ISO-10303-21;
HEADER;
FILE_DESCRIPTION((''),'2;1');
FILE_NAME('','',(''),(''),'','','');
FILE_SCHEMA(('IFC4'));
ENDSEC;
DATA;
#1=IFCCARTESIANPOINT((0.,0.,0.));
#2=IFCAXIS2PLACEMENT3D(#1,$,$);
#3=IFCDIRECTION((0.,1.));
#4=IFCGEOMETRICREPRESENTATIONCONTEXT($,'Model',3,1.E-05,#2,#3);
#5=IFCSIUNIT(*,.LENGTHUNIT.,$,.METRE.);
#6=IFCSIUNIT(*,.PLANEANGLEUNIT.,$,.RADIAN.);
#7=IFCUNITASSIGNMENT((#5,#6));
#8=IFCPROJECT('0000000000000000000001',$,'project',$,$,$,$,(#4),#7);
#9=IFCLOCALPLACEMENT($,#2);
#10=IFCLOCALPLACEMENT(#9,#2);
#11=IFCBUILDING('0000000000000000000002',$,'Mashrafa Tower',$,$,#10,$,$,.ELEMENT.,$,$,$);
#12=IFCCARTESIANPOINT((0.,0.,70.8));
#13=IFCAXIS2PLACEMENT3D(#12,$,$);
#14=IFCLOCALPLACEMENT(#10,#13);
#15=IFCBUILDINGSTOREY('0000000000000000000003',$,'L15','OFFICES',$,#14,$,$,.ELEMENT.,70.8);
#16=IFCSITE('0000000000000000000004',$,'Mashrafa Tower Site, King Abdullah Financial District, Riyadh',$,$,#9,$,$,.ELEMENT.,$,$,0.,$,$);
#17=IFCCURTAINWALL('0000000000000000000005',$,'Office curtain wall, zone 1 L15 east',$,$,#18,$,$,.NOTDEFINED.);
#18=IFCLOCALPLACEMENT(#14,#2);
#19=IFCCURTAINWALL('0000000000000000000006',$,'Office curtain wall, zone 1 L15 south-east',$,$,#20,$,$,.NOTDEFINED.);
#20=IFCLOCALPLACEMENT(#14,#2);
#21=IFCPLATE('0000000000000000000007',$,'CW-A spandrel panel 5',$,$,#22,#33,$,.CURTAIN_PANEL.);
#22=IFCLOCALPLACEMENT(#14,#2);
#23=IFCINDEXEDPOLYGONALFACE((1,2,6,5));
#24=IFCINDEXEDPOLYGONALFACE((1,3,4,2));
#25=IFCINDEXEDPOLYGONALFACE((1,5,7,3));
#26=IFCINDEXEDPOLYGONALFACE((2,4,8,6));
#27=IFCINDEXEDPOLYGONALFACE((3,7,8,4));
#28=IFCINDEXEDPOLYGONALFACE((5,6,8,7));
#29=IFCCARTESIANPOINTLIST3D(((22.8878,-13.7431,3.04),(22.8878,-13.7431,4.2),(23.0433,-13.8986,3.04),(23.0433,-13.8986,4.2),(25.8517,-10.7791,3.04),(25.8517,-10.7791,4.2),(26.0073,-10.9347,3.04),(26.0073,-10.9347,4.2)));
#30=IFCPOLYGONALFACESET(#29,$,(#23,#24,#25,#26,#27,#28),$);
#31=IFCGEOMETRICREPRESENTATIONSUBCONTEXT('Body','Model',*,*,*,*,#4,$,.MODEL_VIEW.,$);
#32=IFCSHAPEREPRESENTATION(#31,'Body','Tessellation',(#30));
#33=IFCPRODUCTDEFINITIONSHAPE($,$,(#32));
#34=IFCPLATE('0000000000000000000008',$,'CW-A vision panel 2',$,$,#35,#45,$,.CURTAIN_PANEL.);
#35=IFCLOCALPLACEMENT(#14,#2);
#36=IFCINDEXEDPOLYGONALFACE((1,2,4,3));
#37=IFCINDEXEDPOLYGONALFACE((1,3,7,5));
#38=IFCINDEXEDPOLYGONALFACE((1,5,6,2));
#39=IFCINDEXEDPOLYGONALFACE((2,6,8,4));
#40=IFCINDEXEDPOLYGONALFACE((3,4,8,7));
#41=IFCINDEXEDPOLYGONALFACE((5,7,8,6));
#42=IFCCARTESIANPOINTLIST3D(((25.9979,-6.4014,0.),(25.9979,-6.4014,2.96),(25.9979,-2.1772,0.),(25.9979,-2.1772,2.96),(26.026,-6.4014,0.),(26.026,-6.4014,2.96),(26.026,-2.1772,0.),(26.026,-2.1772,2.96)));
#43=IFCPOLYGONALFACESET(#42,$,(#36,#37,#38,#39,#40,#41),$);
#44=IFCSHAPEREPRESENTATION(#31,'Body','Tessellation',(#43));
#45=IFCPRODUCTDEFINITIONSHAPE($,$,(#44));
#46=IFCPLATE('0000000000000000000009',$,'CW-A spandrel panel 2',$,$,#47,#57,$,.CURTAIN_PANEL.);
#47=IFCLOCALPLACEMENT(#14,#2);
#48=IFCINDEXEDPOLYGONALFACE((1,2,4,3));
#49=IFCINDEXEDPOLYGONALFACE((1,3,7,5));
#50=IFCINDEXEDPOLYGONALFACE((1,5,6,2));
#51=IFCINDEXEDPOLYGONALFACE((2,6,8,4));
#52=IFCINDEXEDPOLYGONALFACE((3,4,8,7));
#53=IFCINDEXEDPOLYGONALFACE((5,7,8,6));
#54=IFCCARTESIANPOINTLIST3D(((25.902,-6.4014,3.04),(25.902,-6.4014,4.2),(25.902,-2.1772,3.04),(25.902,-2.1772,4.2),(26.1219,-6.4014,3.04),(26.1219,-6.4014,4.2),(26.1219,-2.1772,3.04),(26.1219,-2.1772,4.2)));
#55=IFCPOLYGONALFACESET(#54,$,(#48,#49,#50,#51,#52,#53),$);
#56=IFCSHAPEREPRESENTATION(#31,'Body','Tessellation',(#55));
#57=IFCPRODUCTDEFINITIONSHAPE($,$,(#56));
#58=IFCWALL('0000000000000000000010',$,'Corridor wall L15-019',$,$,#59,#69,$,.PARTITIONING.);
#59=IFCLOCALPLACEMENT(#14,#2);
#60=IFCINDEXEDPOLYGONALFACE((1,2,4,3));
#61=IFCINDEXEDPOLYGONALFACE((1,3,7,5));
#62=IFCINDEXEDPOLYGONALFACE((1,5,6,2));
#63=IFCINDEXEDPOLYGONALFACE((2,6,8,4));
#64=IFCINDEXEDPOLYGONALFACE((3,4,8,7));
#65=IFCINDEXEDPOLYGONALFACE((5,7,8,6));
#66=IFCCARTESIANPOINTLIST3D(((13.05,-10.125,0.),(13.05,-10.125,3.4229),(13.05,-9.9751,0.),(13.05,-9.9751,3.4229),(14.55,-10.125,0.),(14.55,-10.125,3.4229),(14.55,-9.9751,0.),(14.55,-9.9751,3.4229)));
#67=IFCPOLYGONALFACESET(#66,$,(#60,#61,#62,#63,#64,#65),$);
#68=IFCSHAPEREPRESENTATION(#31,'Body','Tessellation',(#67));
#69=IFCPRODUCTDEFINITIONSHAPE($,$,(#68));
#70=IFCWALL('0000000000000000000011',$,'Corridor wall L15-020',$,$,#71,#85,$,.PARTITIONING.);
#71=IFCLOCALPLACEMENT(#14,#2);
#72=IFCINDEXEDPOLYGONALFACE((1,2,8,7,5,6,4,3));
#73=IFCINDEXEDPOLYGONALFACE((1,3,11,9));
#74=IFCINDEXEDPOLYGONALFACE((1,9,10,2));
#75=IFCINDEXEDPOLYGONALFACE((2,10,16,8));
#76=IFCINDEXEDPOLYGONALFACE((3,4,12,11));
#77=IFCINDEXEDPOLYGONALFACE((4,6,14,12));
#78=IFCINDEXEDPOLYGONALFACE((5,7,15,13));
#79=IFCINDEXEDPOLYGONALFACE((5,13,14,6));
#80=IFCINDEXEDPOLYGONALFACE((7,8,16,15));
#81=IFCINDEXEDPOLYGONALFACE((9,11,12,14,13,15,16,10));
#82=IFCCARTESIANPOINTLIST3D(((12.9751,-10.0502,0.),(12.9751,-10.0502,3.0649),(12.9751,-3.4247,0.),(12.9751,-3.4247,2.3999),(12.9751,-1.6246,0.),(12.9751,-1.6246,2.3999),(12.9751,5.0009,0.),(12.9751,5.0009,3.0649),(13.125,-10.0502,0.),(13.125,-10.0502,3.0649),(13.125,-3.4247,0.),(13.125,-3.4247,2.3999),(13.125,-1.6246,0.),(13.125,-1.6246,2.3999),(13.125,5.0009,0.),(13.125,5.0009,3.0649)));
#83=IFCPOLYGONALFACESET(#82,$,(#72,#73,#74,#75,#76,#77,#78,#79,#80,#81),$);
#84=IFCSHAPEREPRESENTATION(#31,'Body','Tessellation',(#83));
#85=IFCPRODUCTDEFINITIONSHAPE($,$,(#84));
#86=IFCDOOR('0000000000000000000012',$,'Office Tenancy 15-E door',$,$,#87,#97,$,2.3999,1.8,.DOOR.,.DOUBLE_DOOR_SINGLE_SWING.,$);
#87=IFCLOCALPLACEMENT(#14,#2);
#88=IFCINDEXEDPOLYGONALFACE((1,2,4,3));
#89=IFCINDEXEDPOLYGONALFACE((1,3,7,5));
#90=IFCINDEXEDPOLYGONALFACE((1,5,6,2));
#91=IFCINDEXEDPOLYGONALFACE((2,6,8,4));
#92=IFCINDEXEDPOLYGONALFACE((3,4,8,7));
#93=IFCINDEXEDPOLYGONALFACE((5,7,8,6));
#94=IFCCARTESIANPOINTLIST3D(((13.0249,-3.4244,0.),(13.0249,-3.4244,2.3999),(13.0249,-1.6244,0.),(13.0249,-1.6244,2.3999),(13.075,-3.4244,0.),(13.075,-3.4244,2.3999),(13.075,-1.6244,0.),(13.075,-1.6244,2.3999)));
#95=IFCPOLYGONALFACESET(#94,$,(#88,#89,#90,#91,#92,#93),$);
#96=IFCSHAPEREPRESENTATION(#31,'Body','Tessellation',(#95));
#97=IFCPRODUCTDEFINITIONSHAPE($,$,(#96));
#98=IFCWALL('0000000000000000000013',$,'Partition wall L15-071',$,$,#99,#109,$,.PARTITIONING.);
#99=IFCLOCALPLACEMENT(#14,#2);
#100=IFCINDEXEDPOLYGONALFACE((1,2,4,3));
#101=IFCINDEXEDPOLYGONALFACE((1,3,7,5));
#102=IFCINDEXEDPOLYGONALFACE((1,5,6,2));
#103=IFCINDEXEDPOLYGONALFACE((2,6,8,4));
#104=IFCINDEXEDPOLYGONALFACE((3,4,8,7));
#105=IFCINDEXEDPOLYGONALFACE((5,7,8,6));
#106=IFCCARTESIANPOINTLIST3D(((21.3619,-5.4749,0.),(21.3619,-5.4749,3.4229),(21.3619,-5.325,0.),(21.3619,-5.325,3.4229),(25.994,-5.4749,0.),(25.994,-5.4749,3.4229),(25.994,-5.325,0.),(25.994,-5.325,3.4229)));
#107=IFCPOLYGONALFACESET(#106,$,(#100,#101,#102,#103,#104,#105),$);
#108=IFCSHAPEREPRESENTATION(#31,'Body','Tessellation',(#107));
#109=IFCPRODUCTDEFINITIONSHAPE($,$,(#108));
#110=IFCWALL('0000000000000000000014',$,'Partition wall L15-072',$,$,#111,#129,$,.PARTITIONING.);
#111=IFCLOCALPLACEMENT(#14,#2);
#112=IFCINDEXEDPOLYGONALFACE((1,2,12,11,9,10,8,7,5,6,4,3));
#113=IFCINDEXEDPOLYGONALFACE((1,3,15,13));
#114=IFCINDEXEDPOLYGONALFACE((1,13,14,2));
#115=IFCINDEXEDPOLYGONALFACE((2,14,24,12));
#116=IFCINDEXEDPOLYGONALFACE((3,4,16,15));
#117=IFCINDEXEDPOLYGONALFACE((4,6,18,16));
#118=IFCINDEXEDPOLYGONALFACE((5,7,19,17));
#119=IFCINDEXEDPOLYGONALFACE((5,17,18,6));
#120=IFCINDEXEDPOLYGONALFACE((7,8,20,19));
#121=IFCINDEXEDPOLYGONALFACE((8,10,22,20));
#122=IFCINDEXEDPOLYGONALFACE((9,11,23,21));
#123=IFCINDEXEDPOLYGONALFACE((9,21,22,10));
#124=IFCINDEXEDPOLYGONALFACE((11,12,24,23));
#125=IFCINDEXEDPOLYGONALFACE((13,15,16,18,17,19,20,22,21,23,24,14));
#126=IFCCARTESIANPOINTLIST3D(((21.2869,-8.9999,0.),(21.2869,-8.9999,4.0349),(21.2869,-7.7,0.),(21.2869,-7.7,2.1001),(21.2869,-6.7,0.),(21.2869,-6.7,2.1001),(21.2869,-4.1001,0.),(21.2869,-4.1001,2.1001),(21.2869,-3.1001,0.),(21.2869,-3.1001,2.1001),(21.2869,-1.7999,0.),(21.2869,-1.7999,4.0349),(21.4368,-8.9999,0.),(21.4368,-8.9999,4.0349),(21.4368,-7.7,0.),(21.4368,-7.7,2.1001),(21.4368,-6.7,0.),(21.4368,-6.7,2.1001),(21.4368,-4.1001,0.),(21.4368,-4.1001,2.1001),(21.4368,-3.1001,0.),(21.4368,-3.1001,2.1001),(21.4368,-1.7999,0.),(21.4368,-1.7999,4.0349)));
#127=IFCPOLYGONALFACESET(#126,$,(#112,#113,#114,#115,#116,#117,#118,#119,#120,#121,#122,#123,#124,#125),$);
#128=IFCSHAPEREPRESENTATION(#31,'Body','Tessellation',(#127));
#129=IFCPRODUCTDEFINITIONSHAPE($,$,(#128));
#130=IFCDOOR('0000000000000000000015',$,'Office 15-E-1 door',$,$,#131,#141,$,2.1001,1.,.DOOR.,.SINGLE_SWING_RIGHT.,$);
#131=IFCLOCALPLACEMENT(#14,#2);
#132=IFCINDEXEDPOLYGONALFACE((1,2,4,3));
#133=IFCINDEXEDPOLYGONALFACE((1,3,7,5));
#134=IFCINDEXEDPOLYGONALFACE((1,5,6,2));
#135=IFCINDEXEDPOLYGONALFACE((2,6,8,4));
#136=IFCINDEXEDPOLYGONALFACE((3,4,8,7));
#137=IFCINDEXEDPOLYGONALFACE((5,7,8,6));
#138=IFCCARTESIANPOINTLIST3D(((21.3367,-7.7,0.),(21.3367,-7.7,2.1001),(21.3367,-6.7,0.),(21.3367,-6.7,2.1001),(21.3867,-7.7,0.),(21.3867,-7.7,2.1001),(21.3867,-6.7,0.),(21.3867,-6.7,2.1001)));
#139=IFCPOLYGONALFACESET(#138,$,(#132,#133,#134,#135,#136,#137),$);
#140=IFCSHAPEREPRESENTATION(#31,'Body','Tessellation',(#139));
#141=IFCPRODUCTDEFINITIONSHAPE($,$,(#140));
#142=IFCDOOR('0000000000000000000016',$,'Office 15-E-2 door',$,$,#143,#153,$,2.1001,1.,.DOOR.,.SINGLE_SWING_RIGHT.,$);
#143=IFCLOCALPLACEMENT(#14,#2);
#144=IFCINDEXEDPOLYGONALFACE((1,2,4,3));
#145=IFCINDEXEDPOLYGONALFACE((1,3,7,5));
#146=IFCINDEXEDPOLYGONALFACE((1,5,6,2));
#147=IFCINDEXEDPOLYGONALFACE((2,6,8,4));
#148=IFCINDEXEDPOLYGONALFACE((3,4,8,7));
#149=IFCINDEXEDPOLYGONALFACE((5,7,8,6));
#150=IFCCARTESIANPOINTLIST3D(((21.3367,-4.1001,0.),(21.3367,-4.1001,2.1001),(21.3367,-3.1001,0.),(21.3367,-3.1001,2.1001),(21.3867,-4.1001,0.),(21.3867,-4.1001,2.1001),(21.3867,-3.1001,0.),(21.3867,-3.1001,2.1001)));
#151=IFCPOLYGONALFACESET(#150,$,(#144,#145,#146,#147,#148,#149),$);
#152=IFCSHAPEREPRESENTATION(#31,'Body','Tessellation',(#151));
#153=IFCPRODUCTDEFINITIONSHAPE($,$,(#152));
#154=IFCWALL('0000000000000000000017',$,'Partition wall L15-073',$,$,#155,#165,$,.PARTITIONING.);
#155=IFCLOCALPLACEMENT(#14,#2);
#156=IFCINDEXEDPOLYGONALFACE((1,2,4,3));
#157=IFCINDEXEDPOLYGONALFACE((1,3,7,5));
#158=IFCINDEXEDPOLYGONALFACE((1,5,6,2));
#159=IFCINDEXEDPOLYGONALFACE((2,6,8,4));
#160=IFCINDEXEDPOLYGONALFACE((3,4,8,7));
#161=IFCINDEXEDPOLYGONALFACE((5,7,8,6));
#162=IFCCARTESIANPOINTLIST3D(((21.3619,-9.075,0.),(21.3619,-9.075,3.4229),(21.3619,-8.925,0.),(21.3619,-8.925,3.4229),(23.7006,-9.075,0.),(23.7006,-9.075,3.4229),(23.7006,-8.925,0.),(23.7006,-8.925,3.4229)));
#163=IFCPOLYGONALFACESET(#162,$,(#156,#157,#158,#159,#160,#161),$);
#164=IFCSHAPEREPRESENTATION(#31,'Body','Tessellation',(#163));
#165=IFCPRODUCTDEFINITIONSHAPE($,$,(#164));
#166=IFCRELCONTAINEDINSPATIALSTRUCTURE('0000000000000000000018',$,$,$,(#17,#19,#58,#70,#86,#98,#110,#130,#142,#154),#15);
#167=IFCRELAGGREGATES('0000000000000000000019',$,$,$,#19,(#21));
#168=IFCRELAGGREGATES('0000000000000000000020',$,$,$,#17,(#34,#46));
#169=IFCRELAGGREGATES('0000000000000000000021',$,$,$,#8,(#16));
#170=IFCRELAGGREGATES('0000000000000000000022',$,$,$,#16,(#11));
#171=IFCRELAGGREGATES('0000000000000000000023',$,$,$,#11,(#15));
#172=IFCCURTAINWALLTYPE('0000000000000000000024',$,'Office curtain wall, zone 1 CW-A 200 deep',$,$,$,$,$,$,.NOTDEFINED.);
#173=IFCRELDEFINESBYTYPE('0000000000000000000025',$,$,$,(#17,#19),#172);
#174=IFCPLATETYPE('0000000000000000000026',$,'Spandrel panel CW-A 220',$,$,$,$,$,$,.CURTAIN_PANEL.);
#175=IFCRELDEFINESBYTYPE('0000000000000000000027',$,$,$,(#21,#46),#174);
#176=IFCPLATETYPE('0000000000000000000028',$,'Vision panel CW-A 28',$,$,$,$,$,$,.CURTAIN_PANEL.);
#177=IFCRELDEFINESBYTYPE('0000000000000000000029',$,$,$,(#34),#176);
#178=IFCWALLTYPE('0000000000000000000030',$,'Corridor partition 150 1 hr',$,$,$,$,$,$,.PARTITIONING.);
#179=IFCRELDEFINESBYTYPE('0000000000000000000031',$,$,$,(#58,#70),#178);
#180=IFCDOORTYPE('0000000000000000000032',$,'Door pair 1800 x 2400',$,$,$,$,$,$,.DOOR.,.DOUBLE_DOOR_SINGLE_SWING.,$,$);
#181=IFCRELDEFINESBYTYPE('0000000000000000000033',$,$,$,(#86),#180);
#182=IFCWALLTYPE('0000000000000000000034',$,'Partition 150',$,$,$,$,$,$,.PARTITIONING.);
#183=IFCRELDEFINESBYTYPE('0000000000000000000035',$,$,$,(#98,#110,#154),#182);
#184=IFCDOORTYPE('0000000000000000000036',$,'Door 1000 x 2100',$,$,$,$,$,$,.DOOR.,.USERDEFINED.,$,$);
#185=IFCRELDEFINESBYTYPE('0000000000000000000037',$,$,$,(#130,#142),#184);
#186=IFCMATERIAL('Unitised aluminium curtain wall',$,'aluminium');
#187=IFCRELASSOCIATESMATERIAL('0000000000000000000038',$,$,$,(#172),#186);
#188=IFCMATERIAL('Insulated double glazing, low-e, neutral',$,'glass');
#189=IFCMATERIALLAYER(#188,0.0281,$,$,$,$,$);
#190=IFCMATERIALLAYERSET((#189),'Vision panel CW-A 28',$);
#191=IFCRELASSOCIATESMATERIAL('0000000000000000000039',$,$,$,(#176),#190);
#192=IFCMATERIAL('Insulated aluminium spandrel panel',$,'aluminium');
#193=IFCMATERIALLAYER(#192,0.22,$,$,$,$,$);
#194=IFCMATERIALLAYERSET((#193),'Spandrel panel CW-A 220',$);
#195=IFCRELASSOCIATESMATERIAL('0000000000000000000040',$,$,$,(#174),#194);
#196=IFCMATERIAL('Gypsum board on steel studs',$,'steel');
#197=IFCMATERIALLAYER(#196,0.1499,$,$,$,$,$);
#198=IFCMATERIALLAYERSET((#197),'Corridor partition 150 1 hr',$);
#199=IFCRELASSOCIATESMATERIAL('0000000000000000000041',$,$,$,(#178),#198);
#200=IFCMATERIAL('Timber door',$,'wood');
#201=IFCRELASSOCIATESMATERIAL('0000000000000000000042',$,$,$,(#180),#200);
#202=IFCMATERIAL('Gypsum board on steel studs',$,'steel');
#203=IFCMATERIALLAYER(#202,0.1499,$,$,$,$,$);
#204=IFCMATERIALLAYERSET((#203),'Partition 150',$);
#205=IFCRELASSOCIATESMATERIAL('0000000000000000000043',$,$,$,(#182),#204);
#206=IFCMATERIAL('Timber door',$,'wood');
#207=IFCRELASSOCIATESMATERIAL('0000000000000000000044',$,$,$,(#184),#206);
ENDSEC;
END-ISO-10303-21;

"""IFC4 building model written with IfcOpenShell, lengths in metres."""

from ifc_helpers import new_model, si_unit, direction, frame, frame_2d, origin, origin_2d, place, context, subcontext, project, spatial, rectangle, extrude, source, transform, mapped, material, layer, layer_set, type_object, type_shapes, element, fill, aggregate, save


model = new_model("IFC4")

# Units and contexts
model_context = context("Model", 3, precision=1e-05, world=origin(), true_north=direction((0.0, 1.0)))
body_context = subcontext(model_context, "Body", "Model", "MODEL_VIEW")
ifc_project = project(units=[si_unit("LENGTHUNIT", "METRE"), si_unit("PLANEANGLEUNIT", "RADIAN")], contexts=[model_context])

# Site, building, storey
site_placement = place(None, origin())
site = spatial("IfcSite", under=ifc_project, at=site_placement, Name="Mashrafa Tower Site, King Abdullah Financial District, Riyadh", CompositionType="ELEMENT", RefElevation=0.0)
building_placement = place(site_placement, origin())
building = spatial("IfcBuilding", under=site, at=building_placement, Name="Mashrafa Tower", CompositionType="ELEMENT")
storey_placement = place(building_placement, frame((0.0, 0.0, 70.8)))
storey = spatial("IfcBuildingStorey", under=building, at=storey_placement, Name="L15", Description="OFFICES", CompositionType="ELEMENT", Elevation=70.8)

# Curtain wall
ifc_material_1 = material(Name="Unitised aluminium curtain wall", Category="aluminium")
curtain_wall_type = type_object("IfcCurtainWallType", Name="Office curtain wall, zone 1 CW-A 200 deep", PredefinedType="NOTDEFINED", material=ifc_material_1)
curtain_wall_1_placement = place(storey_placement, origin())
curtain_wall_1 = element("IfcCurtainWall", 1, at=curtain_wall_1_placement, inside=storey, type_object=curtain_wall_type, Name="Office curtain wall, zone 1 L15 east", PredefinedType="NOTDEFINED")

# Curtain wall
curtain_wall_2_placement = place(storey_placement, origin())
curtain_wall_2 = element("IfcCurtainWall", 2, at=curtain_wall_2_placement, inside=storey, type_object=curtain_wall_type, Name="Office curtain wall, zone 1 L15 south-east", PredefinedType="NOTDEFINED")

# Plates
ifc_material_2 = material(Name="Insulated double glazing, low-e, neutral", Category="glass")
ifc_layer_1 = layer(ifc_material_2, 0.0281)
ifc_layer_set_1 = layer_set([ifc_layer_1], Name="Vision panel CW-A 28")
plate_type_1 = type_object("IfcPlateType", Name="Vision panel CW-A 28", PredefinedType="CURTAIN_PANEL", material=ifc_layer_set_1)
ifc_material_3 = material(Name="Insulated aluminium spandrel panel", Category="aluminium")
ifc_layer_2 = layer(ifc_material_3, 0.22)
ifc_layer_set_2 = layer_set([ifc_layer_2], Name="Spandrel panel CW-A 220")
plate_type_2 = type_object("IfcPlateType", Name="Spandrel panel CW-A 220", PredefinedType="CURTAIN_PANEL", material=ifc_layer_set_2)
shared_shape_1 = source(origin(), body_context, "Body", "SweptSolid", [
    extrude(rectangle(XDim=4.1917, YDim=0.22, at=origin_2d()), origin(), (0.0, 0.0, 1.0), 1.1599),
])
plate_1_placement = place(storey_placement, frame((24.4475, -12.3389, 3.04), z_axis=(0.0, 0.0, 1.0), x_axis=(0.707107, 0.707107, 0.0)))
plate_1 = element("IfcPlate", 3, at=plate_1_placement, type_object=plate_type_2, Name="CW-A spandrel panel 5", PredefinedType="CURTAIN_PANEL", context=body_context, shape_type="MappedRepresentation", body=[
    mapped(shared_shape_1, transform((0.0, 0.0, 0.0))),
])
aggregate(curtain_wall_2, [plate_1])
shared_shape_2 = source(origin(), body_context, "Body", "SweptSolid", [
    extrude(rectangle(XDim=4.2241, YDim=0.0281, at=origin_2d()), origin(), (0.0, 0.0, 1.0), 2.96),
])
plate_2_placement = place(storey_placement, frame((26.012, -4.2893, 0.0), z_axis=(0.0, 0.0, 1.0), x_axis=(0.0, 1.0, 0.0)))
plate_2 = element("IfcPlate", 4, at=plate_2_placement, type_object=plate_type_1, Name="CW-A vision panel 2", PredefinedType="CURTAIN_PANEL", context=body_context, shape_type="MappedRepresentation", body=[
    mapped(shared_shape_2, transform((0.0, 0.0, 0.0))),
])
shared_shape_3 = source(origin(), body_context, "Body", "SweptSolid", [
    extrude(rectangle(XDim=4.2241, YDim=0.22, at=origin_2d()), origin(), (0.0, 0.0, 1.0), 1.1599),
])
type_shapes(plate_type_2, [shared_shape_1, shared_shape_3])
plate_3_placement = place(storey_placement, frame((26.012, -4.2893, 3.04), z_axis=(0.0, 0.0, 1.0), x_axis=(0.0, 1.0, 0.0)))
plate_3 = element("IfcPlate", 5, at=plate_3_placement, type_object=plate_type_2, Name="CW-A spandrel panel 2", PredefinedType="CURTAIN_PANEL", context=body_context, shape_type="MappedRepresentation", body=[
    mapped(shared_shape_3, transform((0.0, 0.0, 0.0))),
])
aggregate(curtain_wall_1, [plate_2, plate_3])

# Wall
ifc_material_4 = material(Name="Gypsum board on steel studs", Category="steel")
ifc_layer_3 = layer(ifc_material_4, 0.1499)
ifc_layer_set_3 = layer_set([ifc_layer_3], Name="Corridor partition 150 1 hr")
wall_type_1 = type_object("IfcWallType", Name="Corridor partition 150 1 hr", PredefinedType="PARTITIONING", material=ifc_layer_set_3)
wall_1_placement = place(storey_placement, frame((14.55, -10.05, 0.0), z_axis=(0.0, 0.0, 1.0), x_axis=(-1.0, 0.0, 0.0)))
element("IfcWall", 6, at=wall_1_placement, inside=storey, type_object=wall_type_1, Name="Corridor wall L15-019", PredefinedType="PARTITIONING", context=body_context, shape_type="SweptSolid", body=[
    extrude(rectangle(XDim=1.5, YDim=0.1499, at=frame_2d((0.75, 0.0))), origin(), (0.0, 0.0, 1.0), 3.4229),
])

# Wall, opening, door
wall_2_placement = place(storey_placement, frame((13.05, -10.05, 0.0), z_axis=(0.0, 0.0, 1.0), x_axis=(0.0, 1.0, 0.0)))
wall_2 = element("IfcWall", 7, at=wall_2_placement, inside=storey, type_object=wall_type_1, Name="Corridor wall L15-020", PredefinedType="PARTITIONING", context=body_context, shape_type="SweptSolid", body=[
    extrude(rectangle(XDim=15.051, YDim=0.1499, at=frame_2d((7.5254, 0.0))), origin(), (0.0, 0.0, 1.0), 3.0649),
])
opening_1_placement = place(wall_2_placement, frame((6.6255, 0.0, 0.0)))
opening_1 = element("IfcOpeningElement", 8, at=opening_1_placement, cuts=wall_2, PredefinedType="OPENING", context=body_context, shape_type="SweptSolid", body=[
    extrude(rectangle(XDim=1.8, YDim=2.3999, at=frame_2d((0.8999, 1.2))), frame((0.0, 0.085, 0.0), z_axis=(0.0, -1.0, 0.0), x_axis=(1.0, 0.0, 0.0)), (0.0, 0.0, 1.0), 0.1699),
])
ifc_material_5 = material(Name="Timber door", Category="wood")
door_type_1 = type_object("IfcDoorType", Name="Door pair 1800 x 2400", OperationType="DOUBLE_DOOR_SINGLE_SWING", PredefinedType="DOOR", material=ifc_material_5)
door_1_placement = place(opening_1_placement, frame((1.8, 0.0, 0.0), z_axis=(0.0, 0.0, 1.0), x_axis=(-1.0, 0.0, 0.0)))
door_1 = element("IfcDoor", 9, at=door_1_placement, inside=storey, type_object=door_type_1, Name="Office Tenancy 15-E door", OperationType="DOUBLE_DOOR_SINGLE_SWING", OverallHeight=2.3999, OverallWidth=1.8, PredefinedType="DOOR", context=body_context, shape_type="SweptSolid", body=[
    extrude(rectangle(XDim=1.8, YDim=2.3999, at=frame_2d((0.8999, 1.2))), frame((0.0, 0.0249, 0.0), z_axis=(0.0, -1.0, 0.0), x_axis=(1.0, 0.0, 0.0)), (0.0, 0.0, 1.0), 0.05),
])
fill(opening_1, door_1)

# Wall
ifc_material_6 = material(Name="Gypsum board on steel studs", Category="steel")
ifc_layer_4 = layer(ifc_material_6, 0.1499)
ifc_layer_set_4 = layer_set([ifc_layer_4], Name="Partition 150")
wall_type_2 = type_object("IfcWallType", Name="Partition 150", PredefinedType="PARTITIONING", material=ifc_layer_set_4)
wall_3_placement = place(storey_placement, frame((25.9939, -5.3999, 0.0), z_axis=(0.0, 0.0, 1.0), x_axis=(-1.0, 0.0, 0.0)))
element("IfcWall", 10, at=wall_3_placement, inside=storey, type_object=wall_type_2, Name="Partition wall L15-071", PredefinedType="PARTITIONING", context=body_context, shape_type="SweptSolid", body=[
    extrude(rectangle(XDim=4.6321, YDim=0.1499, at=frame_2d((2.3159, 0.0))), origin(), (0.0, 0.0, 1.0), 3.4229),
])

# Wall, openings, doors
wall_4_placement = place(storey_placement, frame((21.3618, -9.0, 0.0), z_axis=(0.0, 0.0, 1.0), x_axis=(0.0, 1.0, 0.0)))
wall_4 = element("IfcWall", 11, at=wall_4_placement, inside=storey, type_object=wall_type_2, Name="Partition wall L15-072", PredefinedType="PARTITIONING", context=body_context, shape_type="SweptSolid", body=[
    extrude(rectangle(XDim=7.2, YDim=0.1499, at=frame_2d((3.6001, 0.0))), origin(), (0.0, 0.0, 1.0), 4.0349),
])
opening_2_placement = place(wall_4_placement, frame((1.3, 0.0, 0.0)))
opening_2 = element("IfcOpeningElement", 12, at=opening_2_placement, cuts=wall_4, PredefinedType="OPENING", context=body_context, shape_type="SweptSolid", body=[
    extrude(rectangle(XDim=1.0, YDim=2.1001, at=frame_2d((0.5, 1.05))), frame((0.0, 0.085, 0.0), z_axis=(0.0, -1.0, 0.0), x_axis=(1.0, 0.0, 0.0)), (0.0, 0.0, 1.0), 0.1699),
])
opening_3_placement = place(wall_4_placement, frame((4.8999, 0.0, 0.0)))
opening_3 = element("IfcOpeningElement", 13, at=opening_3_placement, cuts=wall_4, PredefinedType="OPENING", context=body_context, shape_type="SweptSolid", body=[
    extrude(rectangle(XDim=1.0, YDim=2.1001, at=frame_2d((0.5, 1.05))), frame((0.0, 0.085, 0.0), z_axis=(0.0, -1.0, 0.0), x_axis=(1.0, 0.0, 0.0)), (0.0, 0.0, 1.0), 0.1699),
])
ifc_material_7 = material(Name="Timber door", Category="wood")
door_type_2 = type_object("IfcDoorType", Name="Door 1000 x 2100", OperationType="USERDEFINED", PredefinedType="DOOR", material=ifc_material_7)
door_2_placement = place(opening_2_placement, frame((1.0, 0.0, 0.0), z_axis=(0.0, 0.0, 1.0), x_axis=(-1.0, 0.0, 0.0)))
door_2 = element("IfcDoor", 14, at=door_2_placement, inside=storey, type_object=door_type_2, Name="Office 15-E-1 door", OperationType="SINGLE_SWING_RIGHT", OverallHeight=2.1001, OverallWidth=1.0, PredefinedType="DOOR", context=body_context, shape_type="SweptSolid", body=[
    extrude(rectangle(XDim=1.0, YDim=2.1001, at=frame_2d((0.5, 1.05))), frame((0.0, 0.0249, 0.0), z_axis=(0.0, -1.0, 0.0), x_axis=(1.0, 0.0, 0.0)), (0.0, 0.0, 1.0), 0.05),
])
fill(opening_2, door_2)
door_3_placement = place(opening_3_placement, frame((1.0, 0.0, 0.0), z_axis=(0.0, 0.0, 1.0), x_axis=(-1.0, 0.0, 0.0)))
door_3 = element("IfcDoor", 15, at=door_3_placement, inside=storey, type_object=door_type_2, Name="Office 15-E-2 door", OperationType="SINGLE_SWING_RIGHT", OverallHeight=2.1001, OverallWidth=1.0, PredefinedType="DOOR", context=body_context, shape_type="SweptSolid", body=[
    extrude(rectangle(XDim=1.0, YDim=2.1001, at=frame_2d((0.5, 1.05))), frame((0.0, 0.0249, 0.0), z_axis=(0.0, -1.0, 0.0), x_axis=(1.0, 0.0, 0.0)), (0.0, 0.0, 1.0), 0.05),
])
fill(opening_3, door_3)

# Wall
wall_5_placement = place(storey_placement, frame((21.3618, -9.0, 0.0), z_axis=(0.0, 0.0, 1.0), x_axis=(1.0, 0.0, 0.0)))
element("IfcWall", 16, at=wall_5_placement, inside=storey, type_object=wall_type_2, Name="Partition wall L15-073", PredefinedType="PARTITIONING", context=body_context, shape_type="SweptSolid", body=[
    extrude(rectangle(XDim=2.3386, YDim=0.1499, at=frame_2d((1.1694, 0.0))), origin(), (0.0, 0.0, 1.0), 3.4229),
])

save(model, "model.ifc")
